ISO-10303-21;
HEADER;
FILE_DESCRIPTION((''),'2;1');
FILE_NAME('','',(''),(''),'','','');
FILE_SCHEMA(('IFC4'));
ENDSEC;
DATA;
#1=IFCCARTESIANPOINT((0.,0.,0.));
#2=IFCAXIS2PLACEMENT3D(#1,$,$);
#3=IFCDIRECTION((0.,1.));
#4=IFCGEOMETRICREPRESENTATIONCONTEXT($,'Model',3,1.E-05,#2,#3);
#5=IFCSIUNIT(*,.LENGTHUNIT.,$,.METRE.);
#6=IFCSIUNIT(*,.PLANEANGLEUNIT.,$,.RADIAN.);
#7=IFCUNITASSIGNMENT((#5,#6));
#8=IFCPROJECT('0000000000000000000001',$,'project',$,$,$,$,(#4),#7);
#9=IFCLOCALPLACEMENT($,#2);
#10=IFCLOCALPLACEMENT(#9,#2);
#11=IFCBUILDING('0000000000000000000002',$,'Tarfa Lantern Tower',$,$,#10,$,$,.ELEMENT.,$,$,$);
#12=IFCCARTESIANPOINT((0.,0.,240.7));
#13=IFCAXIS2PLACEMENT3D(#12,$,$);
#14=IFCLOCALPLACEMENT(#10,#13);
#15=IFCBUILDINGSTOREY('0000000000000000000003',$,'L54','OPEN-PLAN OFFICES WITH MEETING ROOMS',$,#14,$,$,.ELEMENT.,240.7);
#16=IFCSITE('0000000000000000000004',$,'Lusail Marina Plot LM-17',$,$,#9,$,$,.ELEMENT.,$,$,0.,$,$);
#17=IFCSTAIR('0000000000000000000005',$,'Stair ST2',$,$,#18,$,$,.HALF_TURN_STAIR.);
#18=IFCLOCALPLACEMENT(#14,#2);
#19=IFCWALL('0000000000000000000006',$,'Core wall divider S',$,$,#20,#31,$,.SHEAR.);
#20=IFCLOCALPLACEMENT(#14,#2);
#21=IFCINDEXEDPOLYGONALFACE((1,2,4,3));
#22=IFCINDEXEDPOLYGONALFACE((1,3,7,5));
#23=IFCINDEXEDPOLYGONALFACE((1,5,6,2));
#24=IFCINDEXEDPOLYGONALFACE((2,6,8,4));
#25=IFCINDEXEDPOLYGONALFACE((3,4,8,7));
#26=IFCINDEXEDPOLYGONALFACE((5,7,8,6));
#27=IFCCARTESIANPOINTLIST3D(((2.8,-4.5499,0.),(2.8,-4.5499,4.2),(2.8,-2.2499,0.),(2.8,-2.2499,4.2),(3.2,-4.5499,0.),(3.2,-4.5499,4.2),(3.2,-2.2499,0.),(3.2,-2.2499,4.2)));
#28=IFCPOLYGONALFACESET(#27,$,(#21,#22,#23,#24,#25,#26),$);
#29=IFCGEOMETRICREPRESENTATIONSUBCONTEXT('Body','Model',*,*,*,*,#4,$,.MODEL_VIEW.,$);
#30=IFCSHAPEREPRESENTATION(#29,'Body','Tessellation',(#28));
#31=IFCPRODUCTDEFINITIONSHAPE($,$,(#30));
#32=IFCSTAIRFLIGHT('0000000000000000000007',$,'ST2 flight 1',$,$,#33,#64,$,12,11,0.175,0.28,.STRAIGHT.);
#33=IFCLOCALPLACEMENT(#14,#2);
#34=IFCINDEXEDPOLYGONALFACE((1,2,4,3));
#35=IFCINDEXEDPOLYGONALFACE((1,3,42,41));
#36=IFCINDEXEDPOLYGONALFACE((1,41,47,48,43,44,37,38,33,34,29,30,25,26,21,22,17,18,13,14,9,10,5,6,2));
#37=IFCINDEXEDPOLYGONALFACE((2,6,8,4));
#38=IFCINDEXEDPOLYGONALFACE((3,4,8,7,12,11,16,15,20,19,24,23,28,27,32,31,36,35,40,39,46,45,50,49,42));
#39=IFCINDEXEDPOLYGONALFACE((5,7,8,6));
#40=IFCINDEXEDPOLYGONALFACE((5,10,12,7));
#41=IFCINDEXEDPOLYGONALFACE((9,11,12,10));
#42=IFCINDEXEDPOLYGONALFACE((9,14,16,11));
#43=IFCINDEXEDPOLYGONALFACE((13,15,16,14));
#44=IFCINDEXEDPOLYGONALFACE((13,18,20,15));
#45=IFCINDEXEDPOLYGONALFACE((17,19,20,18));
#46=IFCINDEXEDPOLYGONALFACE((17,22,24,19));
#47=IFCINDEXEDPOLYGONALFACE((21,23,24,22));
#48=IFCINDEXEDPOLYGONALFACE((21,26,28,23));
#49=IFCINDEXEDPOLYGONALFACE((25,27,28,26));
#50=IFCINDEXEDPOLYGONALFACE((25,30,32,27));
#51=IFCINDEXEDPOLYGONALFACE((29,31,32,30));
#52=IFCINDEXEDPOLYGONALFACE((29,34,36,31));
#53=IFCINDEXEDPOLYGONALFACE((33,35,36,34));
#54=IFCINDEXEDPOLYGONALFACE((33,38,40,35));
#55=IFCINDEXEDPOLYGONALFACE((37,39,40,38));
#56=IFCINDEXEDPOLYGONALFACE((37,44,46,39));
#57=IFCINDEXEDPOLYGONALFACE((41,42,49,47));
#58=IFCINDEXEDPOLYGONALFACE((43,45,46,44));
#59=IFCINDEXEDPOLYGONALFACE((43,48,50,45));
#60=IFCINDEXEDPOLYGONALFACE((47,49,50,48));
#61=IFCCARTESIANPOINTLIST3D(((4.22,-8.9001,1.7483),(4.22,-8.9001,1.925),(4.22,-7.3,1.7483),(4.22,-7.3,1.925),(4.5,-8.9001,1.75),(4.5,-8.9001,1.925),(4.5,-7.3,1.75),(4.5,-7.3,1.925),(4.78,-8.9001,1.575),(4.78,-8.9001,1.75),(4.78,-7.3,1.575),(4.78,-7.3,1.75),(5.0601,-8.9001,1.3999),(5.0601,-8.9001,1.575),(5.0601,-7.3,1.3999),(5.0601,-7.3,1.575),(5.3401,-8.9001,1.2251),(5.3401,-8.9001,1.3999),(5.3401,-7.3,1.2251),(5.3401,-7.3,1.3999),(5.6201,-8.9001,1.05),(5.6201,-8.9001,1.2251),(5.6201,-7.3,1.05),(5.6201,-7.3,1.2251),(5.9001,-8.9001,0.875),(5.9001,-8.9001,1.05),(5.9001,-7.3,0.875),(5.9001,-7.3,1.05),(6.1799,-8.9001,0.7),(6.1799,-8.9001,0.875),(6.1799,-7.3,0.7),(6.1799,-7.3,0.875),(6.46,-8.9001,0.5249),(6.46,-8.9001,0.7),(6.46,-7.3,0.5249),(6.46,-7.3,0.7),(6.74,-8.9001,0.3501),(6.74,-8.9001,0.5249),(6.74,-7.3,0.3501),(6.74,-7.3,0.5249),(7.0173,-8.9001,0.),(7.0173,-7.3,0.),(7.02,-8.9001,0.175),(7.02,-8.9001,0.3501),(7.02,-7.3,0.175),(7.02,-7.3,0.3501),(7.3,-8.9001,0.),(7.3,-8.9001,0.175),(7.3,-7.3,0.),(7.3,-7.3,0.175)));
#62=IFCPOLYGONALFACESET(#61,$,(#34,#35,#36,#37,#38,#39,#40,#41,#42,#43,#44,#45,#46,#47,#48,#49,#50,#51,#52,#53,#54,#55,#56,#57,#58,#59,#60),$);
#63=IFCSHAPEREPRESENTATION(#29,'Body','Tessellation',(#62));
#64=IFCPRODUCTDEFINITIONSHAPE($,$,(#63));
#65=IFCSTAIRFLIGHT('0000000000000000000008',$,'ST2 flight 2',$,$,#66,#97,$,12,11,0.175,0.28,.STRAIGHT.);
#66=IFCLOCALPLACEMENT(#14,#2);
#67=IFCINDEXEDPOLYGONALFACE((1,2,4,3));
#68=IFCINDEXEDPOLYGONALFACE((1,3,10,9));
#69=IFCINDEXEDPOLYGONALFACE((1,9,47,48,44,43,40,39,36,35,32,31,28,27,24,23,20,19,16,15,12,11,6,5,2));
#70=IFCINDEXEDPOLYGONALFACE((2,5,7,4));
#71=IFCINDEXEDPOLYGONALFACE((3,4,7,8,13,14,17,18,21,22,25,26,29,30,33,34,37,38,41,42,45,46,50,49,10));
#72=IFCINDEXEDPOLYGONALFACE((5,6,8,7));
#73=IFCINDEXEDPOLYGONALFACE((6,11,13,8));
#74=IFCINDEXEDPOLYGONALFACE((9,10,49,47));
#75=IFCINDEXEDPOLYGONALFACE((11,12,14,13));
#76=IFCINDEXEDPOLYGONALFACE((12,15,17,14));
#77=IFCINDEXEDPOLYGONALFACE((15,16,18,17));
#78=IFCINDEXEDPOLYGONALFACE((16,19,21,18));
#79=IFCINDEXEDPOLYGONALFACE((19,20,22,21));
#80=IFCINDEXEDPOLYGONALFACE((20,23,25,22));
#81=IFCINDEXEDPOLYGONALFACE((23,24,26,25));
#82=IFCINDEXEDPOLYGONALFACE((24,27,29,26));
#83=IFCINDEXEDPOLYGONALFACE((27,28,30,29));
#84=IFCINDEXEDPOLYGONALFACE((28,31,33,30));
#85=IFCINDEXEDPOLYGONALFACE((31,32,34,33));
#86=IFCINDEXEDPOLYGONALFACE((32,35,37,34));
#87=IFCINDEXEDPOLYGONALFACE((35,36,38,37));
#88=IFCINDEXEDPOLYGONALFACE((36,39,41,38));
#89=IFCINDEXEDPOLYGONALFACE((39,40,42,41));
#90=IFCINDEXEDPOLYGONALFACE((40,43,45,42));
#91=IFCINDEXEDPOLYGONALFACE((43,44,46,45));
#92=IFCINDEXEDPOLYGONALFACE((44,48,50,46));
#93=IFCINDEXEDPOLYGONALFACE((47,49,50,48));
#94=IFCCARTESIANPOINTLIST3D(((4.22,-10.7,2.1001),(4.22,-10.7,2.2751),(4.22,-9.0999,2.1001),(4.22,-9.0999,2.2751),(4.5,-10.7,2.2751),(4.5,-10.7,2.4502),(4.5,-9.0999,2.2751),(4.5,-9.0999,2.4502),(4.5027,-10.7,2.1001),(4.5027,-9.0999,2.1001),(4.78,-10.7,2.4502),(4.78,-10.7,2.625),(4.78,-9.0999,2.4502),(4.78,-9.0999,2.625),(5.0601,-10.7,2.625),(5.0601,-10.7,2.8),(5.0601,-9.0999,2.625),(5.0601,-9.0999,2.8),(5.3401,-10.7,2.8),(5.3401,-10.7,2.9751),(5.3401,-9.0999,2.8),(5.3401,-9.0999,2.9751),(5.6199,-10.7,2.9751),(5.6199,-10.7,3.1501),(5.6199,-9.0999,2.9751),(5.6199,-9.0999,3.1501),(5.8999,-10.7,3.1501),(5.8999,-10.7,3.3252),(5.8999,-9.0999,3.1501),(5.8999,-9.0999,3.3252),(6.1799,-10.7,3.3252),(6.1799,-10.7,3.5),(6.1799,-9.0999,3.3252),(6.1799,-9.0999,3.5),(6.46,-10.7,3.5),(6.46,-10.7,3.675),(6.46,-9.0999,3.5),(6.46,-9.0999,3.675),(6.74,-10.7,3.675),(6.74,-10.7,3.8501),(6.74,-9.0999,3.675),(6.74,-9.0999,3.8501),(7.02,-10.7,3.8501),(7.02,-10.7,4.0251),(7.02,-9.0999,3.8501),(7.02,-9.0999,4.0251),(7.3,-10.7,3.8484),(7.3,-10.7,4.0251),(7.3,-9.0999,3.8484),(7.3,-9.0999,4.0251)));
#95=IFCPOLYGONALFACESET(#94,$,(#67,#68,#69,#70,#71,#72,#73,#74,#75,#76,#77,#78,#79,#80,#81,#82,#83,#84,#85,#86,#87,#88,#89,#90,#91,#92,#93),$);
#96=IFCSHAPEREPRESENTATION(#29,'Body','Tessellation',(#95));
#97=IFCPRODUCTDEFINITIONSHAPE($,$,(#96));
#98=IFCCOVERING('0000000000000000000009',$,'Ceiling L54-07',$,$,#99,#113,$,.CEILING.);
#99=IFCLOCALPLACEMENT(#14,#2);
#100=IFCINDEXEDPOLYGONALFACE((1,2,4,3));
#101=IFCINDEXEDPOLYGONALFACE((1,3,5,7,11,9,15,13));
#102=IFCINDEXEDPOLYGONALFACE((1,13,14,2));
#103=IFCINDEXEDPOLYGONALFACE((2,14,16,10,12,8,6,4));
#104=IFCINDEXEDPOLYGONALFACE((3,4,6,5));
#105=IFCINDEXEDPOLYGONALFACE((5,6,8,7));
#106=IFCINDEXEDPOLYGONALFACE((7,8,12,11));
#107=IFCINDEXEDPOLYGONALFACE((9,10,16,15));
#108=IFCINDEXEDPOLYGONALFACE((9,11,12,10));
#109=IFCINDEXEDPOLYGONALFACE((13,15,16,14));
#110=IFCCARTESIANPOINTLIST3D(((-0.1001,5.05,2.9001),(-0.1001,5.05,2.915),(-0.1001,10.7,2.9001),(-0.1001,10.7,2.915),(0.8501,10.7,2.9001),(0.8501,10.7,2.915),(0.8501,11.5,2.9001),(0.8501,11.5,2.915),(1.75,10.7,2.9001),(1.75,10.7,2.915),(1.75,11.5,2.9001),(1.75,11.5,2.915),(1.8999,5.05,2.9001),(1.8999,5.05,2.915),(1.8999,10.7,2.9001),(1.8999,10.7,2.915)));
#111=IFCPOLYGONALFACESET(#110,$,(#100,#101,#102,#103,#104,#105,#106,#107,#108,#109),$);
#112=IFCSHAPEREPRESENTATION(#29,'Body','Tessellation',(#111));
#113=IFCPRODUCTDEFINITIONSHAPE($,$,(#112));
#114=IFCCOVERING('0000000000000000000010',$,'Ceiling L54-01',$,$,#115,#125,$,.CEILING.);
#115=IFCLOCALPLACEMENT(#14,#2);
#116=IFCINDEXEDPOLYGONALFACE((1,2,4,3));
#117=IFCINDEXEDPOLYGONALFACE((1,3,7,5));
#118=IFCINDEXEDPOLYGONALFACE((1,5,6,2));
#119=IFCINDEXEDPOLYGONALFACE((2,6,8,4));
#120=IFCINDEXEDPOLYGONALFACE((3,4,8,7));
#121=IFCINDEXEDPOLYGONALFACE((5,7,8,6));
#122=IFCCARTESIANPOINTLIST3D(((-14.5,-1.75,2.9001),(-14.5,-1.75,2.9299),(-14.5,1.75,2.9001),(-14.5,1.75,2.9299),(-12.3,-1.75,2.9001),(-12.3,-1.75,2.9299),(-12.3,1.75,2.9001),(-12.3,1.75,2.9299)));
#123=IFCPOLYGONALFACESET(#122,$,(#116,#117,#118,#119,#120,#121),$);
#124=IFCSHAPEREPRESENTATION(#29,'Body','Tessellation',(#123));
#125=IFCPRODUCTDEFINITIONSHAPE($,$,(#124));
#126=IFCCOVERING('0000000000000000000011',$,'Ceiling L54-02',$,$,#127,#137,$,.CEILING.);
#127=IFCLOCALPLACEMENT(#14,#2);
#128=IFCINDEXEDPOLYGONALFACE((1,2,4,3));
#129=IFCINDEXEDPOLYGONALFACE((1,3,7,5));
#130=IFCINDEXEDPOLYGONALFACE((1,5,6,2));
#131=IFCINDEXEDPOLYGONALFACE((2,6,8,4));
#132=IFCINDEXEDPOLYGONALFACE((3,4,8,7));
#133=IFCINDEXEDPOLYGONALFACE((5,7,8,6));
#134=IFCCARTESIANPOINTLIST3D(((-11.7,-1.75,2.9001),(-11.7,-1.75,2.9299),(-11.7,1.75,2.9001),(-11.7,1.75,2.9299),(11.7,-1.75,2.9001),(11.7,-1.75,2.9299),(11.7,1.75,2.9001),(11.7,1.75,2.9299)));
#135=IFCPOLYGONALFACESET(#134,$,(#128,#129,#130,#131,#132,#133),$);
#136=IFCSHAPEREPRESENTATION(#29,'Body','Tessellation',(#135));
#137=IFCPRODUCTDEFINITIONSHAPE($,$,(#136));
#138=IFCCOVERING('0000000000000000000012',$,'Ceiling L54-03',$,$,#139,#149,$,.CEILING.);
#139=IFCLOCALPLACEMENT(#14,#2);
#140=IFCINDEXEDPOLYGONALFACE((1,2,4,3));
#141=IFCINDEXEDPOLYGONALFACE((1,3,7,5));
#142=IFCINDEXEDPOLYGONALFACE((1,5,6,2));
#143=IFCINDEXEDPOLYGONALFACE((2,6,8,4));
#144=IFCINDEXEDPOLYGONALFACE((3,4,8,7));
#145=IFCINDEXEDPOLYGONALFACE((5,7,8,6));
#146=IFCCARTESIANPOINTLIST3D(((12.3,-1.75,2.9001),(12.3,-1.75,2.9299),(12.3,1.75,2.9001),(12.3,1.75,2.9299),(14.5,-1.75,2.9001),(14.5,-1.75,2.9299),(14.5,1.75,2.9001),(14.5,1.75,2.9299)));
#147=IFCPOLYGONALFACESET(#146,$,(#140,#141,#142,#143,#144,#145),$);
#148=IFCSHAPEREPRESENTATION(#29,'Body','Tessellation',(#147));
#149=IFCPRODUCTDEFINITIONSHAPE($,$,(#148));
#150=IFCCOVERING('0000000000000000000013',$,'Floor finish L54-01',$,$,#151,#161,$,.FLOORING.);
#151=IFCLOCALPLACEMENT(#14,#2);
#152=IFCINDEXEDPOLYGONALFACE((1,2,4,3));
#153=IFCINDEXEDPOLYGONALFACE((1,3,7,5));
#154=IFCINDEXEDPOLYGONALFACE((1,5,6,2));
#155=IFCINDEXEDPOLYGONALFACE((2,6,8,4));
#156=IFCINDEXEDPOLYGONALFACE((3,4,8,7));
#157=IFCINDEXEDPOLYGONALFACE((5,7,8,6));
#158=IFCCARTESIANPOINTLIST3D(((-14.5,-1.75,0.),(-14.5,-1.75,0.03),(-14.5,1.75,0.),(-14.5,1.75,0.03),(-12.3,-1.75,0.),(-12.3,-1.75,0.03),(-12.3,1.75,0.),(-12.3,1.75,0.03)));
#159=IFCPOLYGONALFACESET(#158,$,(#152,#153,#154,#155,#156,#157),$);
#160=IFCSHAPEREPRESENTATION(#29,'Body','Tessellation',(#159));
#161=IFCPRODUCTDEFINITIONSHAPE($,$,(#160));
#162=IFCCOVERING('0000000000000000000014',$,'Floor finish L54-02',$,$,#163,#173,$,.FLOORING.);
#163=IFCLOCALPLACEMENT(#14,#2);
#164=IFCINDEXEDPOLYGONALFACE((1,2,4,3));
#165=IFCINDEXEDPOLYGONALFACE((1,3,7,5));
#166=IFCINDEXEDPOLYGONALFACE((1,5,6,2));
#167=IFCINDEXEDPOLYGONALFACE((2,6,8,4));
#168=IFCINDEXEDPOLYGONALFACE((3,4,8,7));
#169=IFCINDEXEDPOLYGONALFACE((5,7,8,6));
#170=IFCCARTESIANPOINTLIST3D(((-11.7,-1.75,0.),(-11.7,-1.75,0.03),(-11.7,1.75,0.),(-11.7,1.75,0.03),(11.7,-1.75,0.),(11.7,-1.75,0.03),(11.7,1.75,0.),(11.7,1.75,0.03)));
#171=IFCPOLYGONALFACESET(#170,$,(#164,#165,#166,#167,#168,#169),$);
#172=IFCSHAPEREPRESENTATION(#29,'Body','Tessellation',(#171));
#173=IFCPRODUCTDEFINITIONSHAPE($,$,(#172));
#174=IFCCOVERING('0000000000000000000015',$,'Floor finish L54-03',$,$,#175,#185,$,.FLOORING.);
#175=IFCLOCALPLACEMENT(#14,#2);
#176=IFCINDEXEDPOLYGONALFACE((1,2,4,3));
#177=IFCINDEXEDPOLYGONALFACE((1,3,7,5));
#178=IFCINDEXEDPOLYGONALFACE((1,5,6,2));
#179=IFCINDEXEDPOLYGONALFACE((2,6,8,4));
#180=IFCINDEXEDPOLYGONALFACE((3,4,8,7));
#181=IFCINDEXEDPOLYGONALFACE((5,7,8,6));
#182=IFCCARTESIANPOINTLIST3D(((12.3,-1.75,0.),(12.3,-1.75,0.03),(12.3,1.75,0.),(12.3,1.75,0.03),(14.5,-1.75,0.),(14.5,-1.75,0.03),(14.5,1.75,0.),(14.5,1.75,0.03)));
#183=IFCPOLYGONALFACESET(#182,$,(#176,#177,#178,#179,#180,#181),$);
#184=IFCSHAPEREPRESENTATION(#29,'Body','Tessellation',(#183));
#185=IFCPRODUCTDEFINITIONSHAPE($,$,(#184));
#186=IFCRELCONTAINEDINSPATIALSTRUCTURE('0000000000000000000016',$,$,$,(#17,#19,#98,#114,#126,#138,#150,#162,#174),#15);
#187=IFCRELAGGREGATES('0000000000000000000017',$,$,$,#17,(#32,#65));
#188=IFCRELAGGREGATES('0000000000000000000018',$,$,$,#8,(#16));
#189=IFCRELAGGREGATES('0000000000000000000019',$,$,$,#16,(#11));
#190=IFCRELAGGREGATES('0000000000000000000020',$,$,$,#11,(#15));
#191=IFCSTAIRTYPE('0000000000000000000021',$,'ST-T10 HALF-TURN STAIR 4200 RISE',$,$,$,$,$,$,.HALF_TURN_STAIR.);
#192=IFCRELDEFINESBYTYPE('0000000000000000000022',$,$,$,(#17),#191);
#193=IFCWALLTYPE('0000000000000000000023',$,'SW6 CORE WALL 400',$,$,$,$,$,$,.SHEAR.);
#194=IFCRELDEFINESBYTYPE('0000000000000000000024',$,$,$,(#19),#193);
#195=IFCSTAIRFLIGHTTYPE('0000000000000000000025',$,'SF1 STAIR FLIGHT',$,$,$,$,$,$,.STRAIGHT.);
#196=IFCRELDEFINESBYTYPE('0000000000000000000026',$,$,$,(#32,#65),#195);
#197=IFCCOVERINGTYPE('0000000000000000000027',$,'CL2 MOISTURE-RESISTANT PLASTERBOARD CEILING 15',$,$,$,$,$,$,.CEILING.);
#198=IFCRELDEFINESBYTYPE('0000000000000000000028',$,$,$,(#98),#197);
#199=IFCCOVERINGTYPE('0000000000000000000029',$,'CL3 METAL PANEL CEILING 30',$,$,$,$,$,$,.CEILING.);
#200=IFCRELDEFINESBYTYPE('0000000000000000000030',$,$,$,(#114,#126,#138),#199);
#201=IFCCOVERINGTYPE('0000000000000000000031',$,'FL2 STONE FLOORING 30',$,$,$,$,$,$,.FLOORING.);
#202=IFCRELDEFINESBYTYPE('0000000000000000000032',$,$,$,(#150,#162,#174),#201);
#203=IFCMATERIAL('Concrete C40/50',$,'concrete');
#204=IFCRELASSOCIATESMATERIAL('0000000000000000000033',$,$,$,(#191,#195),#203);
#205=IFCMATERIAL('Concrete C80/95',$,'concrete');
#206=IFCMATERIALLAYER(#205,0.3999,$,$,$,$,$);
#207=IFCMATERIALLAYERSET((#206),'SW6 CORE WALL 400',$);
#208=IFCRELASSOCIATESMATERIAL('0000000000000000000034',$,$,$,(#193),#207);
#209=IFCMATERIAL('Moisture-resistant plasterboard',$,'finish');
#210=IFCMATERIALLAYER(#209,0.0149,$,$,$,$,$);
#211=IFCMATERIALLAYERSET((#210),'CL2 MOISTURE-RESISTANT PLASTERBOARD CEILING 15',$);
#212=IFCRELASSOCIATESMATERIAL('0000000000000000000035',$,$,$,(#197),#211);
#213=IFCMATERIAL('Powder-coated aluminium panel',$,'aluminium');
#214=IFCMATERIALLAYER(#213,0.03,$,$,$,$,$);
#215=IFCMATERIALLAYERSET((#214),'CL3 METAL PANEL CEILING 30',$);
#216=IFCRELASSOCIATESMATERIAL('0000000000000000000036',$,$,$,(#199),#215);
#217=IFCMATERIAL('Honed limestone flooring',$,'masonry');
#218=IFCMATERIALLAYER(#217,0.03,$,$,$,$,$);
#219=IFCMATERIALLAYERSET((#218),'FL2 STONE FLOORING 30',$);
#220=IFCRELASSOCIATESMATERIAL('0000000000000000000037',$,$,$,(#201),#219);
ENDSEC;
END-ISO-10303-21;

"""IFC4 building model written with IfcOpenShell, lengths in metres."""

from ifc_helpers import new_model, si_unit, direction, frame, frame_2d, origin, place, context, subcontext, project, spatial, polyline, rectangle, outline, extrude, material, layer, layer_set, type_object, element, aggregate, save


model = new_model("IFC4")

# Units and contexts
model_context = context("Model", 3, precision=1e-05, world=origin(), true_north=direction((0.0, 1.0)))
body_context = subcontext(model_context, "Body", "Model", "MODEL_VIEW")
ifc_project = project(units=[si_unit("LENGTHUNIT", "METRE"), si_unit("PLANEANGLEUNIT", "RADIAN")], contexts=[model_context])

# Site, building, storey
site_placement = place(None, origin())
site = spatial("IfcSite", under=ifc_project, at=site_placement, Name="Lusail Marina Plot LM-17", CompositionType="ELEMENT", RefElevation=0.0)
building_placement = place(site_placement, origin())
building = spatial("IfcBuilding", under=site, at=building_placement, Name="Tarfa Lantern Tower", CompositionType="ELEMENT")
storey_placement = place(building_placement, frame((0.0, 0.0, 240.7)))
storey = spatial("IfcBuildingStorey", under=building, at=storey_placement, Name="L54", Description="OPEN-PLAN OFFICES WITH MEETING ROOMS", CompositionType="ELEMENT", Elevation=240.7)

# Stair
ifc_material_1 = material(Name="Concrete C40/50", Category="concrete")
stair_type = type_object("IfcStairType", Name="ST-T10 HALF-TURN STAIR 4200 RISE", PredefinedType="HALF_TURN_STAIR", material=ifc_material_1)
stair_1_placement = place(storey_placement, origin())
stair_1 = element("IfcStair", 1, at=stair_1_placement, inside=storey, type_object=stair_type, Name="Stair ST2", PredefinedType="HALF_TURN_STAIR")

# Shared definitions
ifc_material_2 = material(Name="Concrete C80/95", Category="concrete")

# Wall
ifc_layer_1 = layer(ifc_material_2, 0.3999)
ifc_layer_set_1 = layer_set([ifc_layer_1], Name="SW6 CORE WALL 400")
wall_type_1 = type_object("IfcWallType", Name="SW6 CORE WALL 400", PredefinedType="SHEAR", material=ifc_layer_set_1)
for number, where, z_axis, x_axis, name in (
    (2, (3.0, -2.25, 0.0), (0.0, 0.0, 1.0), (0.0, -1.0, 0.0), "Core wall divider S"),
):
    element("IfcWall", number, at=place(storey_placement, frame(where, z_axis=z_axis, x_axis=x_axis)), inside=storey, type_object=wall_type_1, Name=name, PredefinedType="SHEAR", context=body_context, shape_type="SweptSolid", body=[
        extrude(rectangle(XDim=2.3, YDim=0.3999, at=frame_2d((1.1499, 0.0))), origin(), (0.0, 0.0, 1.0), 4.2),
    ])

# Stair flights
stair_flight_type = type_object("IfcStairFlightType", Name="SF1 STAIR FLIGHT", PredefinedType="STRAIGHT", material=ifc_material_1)
stair_flight_1_placement = place(storey_placement, frame((7.3, -8.1001, 0.0), z_axis=(0.0, 0.0, 1.0), x_axis=(-1.0, 0.0, 0.0)))
stair_flight_1 = element("IfcStairFlight", 3, at=stair_flight_1_placement, type_object=stair_flight_type, Name="ST2 flight 1", NumberOfRisers=12, NumberOfTreads=11, PredefinedType="STRAIGHT", RiserHeight=0.175, TreadLength=0.28, context=body_context, shape_type="SweptSolid", body=[
    extrude(outline(polyline([(0.0, 0.0), (0.0, 0.175), (0.28, 0.175), (0.28, 0.3501), (0.5601, 0.3501), (0.5601, 0.5249), (0.8401, 0.5249), (0.8401, 0.7), (1.1201, 0.7), (1.1201, 0.875), (1.3999, 0.875), (1.3999, 1.05), (1.6799, 1.05), (1.6799, 1.2251), (1.96, 1.2251), (1.96, 1.3999), (2.24, 1.3999), (2.24, 1.575), (2.52, 1.575), (2.52, 1.75), (2.8, 1.75), (2.8, 1.925), (3.0801, 1.925), (3.0801, 2.1001), (3.0801, 1.7483), (0.2827, 0.0), (0.0, 0.0)])), frame((0.0, 0.8, 0.0), z_axis=(0.0, -1.0, 0.0), x_axis=(1.0, 0.0, 0.0)), (0.0, 0.0, 1.0), 1.6001),
])
stair_flight_2_placement = place(storey_placement, frame((4.22, -9.8999, 2.1001), z_axis=(0.0, 0.0, 1.0), x_axis=(1.0, 0.0, 0.0)))
stair_flight_2 = element("IfcStairFlight", 4, at=stair_flight_2_placement, type_object=stair_flight_type, Name="ST2 flight 2", NumberOfRisers=12, NumberOfTreads=11, PredefinedType="STRAIGHT", RiserHeight=0.175, TreadLength=0.28, context=body_context, shape_type="SweptSolid", body=[
    extrude(outline(polyline([(0.0, 0.0), (0.0, 0.175), (0.28, 0.175), (0.28, 0.3501), (0.5601, 0.3501), (0.5601, 0.5249), (0.8401, 0.5249), (0.8401, 0.7), (1.1201, 0.7), (1.1201, 0.875), (1.3999, 0.875), (1.3999, 1.05), (1.6799, 1.05), (1.6799, 1.2251), (1.96, 1.2251), (1.96, 1.3999), (2.24, 1.3999), (2.24, 1.575), (2.52, 1.575), (2.52, 1.75), (2.8, 1.75), (2.8, 1.925), (3.0801, 1.925), (3.0801, 2.1001), (3.0801, 1.7483), (0.2827, 0.0), (0.0, 0.0)])), frame((0.0, 0.8, 0.0), z_axis=(0.0, -1.0, 0.0), x_axis=(1.0, 0.0, 0.0)), (0.0, 0.0, 1.0), 1.6001),
])
aggregate(stair_1, [stair_flight_1, stair_flight_2])

# Coverings
ifc_material_3 = material(Name="Moisture-resistant plasterboard", Category="finish")
ifc_layer_2 = layer(ifc_material_3, 0.0149)
ifc_layer_set_2 = layer_set([ifc_layer_2], Name="CL2 MOISTURE-RESISTANT PLASTERBOARD CEILING 15")
covering_type_1 = type_object("IfcCoveringType", Name="CL2 MOISTURE-RESISTANT PLASTERBOARD CEILING 15", PredefinedType="CEILING", material=ifc_layer_set_2)
covering_1_placement = place(storey_placement, frame((0.0, 0.0, 2.9001)))
element("IfcCovering", 5, at=covering_1_placement, inside=storey, type_object=covering_type_1, Name="Ceiling L54-07", PredefinedType="CEILING", context=body_context, shape_type="SweptSolid", body=[
    extrude(outline(polyline([(0.8501, 10.7), (-0.1001, 10.7), (-0.1001, 5.05), (1.8999, 5.05), (1.8999, 10.7), (1.75, 10.7), (1.75, 11.5), (1.75, 11.5), (0.8501, 11.5), (0.8501, 10.7)])), origin(), (0.0, 0.0, 1.0), 0.0149),
])
ifc_material_4 = material(Name="Powder-coated aluminium panel", Category="aluminium")
ifc_layer_3 = layer(ifc_material_4, 0.03)
ifc_layer_set_3 = layer_set([ifc_layer_3], Name="CL3 METAL PANEL CEILING 30")
covering_type_2 = type_object("IfcCoveringType", Name="CL3 METAL PANEL CEILING 30", PredefinedType="CEILING", material=ifc_layer_set_3)
covering_2_placement = place(storey_placement, frame((0.0, 0.0, 2.9001)))
element("IfcCovering", 6, at=covering_2_placement, inside=storey, type_object=covering_type_2, Name="Ceiling L54-01", PredefinedType="CEILING", context=body_context, shape_type="SweptSolid", body=[
    extrude(outline(polyline([(-14.5, -1.75), (-12.3, -1.75), (-12.3, 1.75), (-14.5, 1.75), (-14.5, -1.75)])), origin(), (0.0, 0.0, 1.0), 0.0298),
])
covering_3_placement = place(storey_placement, frame((0.0, 0.0, 2.9001)))
element("IfcCovering", 7, at=covering_3_placement, inside=storey, type_object=covering_type_2, Name="Ceiling L54-02", PredefinedType="CEILING", context=body_context, shape_type="SweptSolid", body=[
    extrude(outline(polyline([(-11.7, -1.75), (11.7, -1.75), (11.7, 1.75), (-11.7, 1.75), (-11.7, -1.75)])), origin(), (0.0, 0.0, 1.0), 0.0298),
])
covering_4_placement = place(storey_placement, frame((0.0, 0.0, 2.9001)))
element("IfcCovering", 8, at=covering_4_placement, inside=storey, type_object=covering_type_2, Name="Ceiling L54-03", PredefinedType="CEILING", context=body_context, shape_type="SweptSolid", body=[
    extrude(outline(polyline([(12.3, -1.75), (14.5, -1.75), (14.5, 1.75), (12.3, 1.75), (12.3, -1.75)])), origin(), (0.0, 0.0, 1.0), 0.0298),
])
ifc_material_5 = material(Name="Honed limestone flooring", Category="masonry")
ifc_layer_4 = layer(ifc_material_5, 0.03)
ifc_layer_set_4 = layer_set([ifc_layer_4], Name="FL2 STONE FLOORING 30")
covering_type_3 = type_object("IfcCoveringType", Name="FL2 STONE FLOORING 30", PredefinedType="FLOORING", material=ifc_layer_set_4)
covering_5_placement = place(storey_placement, origin())
element("IfcCovering", 9, at=covering_5_placement, inside=storey, type_object=covering_type_3, Name="Floor finish L54-01", PredefinedType="FLOORING", context=body_context, shape_type="SweptSolid", body=[
    extrude(outline(polyline([(-14.5, -1.75), (-12.3, -1.75), (-12.3, 1.75), (-14.5, 1.75), (-14.5, -1.75)])), origin(), (0.0, 0.0, 1.0), 0.03),
])
covering_6_placement = place(storey_placement, origin())
element("IfcCovering", 10, at=covering_6_placement, inside=storey, type_object=covering_type_3, Name="Floor finish L54-02", PredefinedType="FLOORING", context=body_context, shape_type="SweptSolid", body=[
    extrude(outline(polyline([(-11.7, -1.75), (11.7, -1.75), (11.7, 1.75), (-11.7, 1.75), (-11.7, -1.75)])), origin(), (0.0, 0.0, 1.0), 0.03),
])
covering_7_placement = place(storey_placement, origin())
element("IfcCovering", 11, at=covering_7_placement, inside=storey, type_object=covering_type_3, Name="Floor finish L54-03", PredefinedType="FLOORING", context=body_context, shape_type="SweptSolid", body=[
    extrude(outline(polyline([(12.3, -1.75), (14.5, -1.75), (14.5, 1.75), (12.3, 1.75), (12.3, -1.75)])), origin(), (0.0, 0.0, 1.0), 0.03),
])

save(model, "model.ifc")
